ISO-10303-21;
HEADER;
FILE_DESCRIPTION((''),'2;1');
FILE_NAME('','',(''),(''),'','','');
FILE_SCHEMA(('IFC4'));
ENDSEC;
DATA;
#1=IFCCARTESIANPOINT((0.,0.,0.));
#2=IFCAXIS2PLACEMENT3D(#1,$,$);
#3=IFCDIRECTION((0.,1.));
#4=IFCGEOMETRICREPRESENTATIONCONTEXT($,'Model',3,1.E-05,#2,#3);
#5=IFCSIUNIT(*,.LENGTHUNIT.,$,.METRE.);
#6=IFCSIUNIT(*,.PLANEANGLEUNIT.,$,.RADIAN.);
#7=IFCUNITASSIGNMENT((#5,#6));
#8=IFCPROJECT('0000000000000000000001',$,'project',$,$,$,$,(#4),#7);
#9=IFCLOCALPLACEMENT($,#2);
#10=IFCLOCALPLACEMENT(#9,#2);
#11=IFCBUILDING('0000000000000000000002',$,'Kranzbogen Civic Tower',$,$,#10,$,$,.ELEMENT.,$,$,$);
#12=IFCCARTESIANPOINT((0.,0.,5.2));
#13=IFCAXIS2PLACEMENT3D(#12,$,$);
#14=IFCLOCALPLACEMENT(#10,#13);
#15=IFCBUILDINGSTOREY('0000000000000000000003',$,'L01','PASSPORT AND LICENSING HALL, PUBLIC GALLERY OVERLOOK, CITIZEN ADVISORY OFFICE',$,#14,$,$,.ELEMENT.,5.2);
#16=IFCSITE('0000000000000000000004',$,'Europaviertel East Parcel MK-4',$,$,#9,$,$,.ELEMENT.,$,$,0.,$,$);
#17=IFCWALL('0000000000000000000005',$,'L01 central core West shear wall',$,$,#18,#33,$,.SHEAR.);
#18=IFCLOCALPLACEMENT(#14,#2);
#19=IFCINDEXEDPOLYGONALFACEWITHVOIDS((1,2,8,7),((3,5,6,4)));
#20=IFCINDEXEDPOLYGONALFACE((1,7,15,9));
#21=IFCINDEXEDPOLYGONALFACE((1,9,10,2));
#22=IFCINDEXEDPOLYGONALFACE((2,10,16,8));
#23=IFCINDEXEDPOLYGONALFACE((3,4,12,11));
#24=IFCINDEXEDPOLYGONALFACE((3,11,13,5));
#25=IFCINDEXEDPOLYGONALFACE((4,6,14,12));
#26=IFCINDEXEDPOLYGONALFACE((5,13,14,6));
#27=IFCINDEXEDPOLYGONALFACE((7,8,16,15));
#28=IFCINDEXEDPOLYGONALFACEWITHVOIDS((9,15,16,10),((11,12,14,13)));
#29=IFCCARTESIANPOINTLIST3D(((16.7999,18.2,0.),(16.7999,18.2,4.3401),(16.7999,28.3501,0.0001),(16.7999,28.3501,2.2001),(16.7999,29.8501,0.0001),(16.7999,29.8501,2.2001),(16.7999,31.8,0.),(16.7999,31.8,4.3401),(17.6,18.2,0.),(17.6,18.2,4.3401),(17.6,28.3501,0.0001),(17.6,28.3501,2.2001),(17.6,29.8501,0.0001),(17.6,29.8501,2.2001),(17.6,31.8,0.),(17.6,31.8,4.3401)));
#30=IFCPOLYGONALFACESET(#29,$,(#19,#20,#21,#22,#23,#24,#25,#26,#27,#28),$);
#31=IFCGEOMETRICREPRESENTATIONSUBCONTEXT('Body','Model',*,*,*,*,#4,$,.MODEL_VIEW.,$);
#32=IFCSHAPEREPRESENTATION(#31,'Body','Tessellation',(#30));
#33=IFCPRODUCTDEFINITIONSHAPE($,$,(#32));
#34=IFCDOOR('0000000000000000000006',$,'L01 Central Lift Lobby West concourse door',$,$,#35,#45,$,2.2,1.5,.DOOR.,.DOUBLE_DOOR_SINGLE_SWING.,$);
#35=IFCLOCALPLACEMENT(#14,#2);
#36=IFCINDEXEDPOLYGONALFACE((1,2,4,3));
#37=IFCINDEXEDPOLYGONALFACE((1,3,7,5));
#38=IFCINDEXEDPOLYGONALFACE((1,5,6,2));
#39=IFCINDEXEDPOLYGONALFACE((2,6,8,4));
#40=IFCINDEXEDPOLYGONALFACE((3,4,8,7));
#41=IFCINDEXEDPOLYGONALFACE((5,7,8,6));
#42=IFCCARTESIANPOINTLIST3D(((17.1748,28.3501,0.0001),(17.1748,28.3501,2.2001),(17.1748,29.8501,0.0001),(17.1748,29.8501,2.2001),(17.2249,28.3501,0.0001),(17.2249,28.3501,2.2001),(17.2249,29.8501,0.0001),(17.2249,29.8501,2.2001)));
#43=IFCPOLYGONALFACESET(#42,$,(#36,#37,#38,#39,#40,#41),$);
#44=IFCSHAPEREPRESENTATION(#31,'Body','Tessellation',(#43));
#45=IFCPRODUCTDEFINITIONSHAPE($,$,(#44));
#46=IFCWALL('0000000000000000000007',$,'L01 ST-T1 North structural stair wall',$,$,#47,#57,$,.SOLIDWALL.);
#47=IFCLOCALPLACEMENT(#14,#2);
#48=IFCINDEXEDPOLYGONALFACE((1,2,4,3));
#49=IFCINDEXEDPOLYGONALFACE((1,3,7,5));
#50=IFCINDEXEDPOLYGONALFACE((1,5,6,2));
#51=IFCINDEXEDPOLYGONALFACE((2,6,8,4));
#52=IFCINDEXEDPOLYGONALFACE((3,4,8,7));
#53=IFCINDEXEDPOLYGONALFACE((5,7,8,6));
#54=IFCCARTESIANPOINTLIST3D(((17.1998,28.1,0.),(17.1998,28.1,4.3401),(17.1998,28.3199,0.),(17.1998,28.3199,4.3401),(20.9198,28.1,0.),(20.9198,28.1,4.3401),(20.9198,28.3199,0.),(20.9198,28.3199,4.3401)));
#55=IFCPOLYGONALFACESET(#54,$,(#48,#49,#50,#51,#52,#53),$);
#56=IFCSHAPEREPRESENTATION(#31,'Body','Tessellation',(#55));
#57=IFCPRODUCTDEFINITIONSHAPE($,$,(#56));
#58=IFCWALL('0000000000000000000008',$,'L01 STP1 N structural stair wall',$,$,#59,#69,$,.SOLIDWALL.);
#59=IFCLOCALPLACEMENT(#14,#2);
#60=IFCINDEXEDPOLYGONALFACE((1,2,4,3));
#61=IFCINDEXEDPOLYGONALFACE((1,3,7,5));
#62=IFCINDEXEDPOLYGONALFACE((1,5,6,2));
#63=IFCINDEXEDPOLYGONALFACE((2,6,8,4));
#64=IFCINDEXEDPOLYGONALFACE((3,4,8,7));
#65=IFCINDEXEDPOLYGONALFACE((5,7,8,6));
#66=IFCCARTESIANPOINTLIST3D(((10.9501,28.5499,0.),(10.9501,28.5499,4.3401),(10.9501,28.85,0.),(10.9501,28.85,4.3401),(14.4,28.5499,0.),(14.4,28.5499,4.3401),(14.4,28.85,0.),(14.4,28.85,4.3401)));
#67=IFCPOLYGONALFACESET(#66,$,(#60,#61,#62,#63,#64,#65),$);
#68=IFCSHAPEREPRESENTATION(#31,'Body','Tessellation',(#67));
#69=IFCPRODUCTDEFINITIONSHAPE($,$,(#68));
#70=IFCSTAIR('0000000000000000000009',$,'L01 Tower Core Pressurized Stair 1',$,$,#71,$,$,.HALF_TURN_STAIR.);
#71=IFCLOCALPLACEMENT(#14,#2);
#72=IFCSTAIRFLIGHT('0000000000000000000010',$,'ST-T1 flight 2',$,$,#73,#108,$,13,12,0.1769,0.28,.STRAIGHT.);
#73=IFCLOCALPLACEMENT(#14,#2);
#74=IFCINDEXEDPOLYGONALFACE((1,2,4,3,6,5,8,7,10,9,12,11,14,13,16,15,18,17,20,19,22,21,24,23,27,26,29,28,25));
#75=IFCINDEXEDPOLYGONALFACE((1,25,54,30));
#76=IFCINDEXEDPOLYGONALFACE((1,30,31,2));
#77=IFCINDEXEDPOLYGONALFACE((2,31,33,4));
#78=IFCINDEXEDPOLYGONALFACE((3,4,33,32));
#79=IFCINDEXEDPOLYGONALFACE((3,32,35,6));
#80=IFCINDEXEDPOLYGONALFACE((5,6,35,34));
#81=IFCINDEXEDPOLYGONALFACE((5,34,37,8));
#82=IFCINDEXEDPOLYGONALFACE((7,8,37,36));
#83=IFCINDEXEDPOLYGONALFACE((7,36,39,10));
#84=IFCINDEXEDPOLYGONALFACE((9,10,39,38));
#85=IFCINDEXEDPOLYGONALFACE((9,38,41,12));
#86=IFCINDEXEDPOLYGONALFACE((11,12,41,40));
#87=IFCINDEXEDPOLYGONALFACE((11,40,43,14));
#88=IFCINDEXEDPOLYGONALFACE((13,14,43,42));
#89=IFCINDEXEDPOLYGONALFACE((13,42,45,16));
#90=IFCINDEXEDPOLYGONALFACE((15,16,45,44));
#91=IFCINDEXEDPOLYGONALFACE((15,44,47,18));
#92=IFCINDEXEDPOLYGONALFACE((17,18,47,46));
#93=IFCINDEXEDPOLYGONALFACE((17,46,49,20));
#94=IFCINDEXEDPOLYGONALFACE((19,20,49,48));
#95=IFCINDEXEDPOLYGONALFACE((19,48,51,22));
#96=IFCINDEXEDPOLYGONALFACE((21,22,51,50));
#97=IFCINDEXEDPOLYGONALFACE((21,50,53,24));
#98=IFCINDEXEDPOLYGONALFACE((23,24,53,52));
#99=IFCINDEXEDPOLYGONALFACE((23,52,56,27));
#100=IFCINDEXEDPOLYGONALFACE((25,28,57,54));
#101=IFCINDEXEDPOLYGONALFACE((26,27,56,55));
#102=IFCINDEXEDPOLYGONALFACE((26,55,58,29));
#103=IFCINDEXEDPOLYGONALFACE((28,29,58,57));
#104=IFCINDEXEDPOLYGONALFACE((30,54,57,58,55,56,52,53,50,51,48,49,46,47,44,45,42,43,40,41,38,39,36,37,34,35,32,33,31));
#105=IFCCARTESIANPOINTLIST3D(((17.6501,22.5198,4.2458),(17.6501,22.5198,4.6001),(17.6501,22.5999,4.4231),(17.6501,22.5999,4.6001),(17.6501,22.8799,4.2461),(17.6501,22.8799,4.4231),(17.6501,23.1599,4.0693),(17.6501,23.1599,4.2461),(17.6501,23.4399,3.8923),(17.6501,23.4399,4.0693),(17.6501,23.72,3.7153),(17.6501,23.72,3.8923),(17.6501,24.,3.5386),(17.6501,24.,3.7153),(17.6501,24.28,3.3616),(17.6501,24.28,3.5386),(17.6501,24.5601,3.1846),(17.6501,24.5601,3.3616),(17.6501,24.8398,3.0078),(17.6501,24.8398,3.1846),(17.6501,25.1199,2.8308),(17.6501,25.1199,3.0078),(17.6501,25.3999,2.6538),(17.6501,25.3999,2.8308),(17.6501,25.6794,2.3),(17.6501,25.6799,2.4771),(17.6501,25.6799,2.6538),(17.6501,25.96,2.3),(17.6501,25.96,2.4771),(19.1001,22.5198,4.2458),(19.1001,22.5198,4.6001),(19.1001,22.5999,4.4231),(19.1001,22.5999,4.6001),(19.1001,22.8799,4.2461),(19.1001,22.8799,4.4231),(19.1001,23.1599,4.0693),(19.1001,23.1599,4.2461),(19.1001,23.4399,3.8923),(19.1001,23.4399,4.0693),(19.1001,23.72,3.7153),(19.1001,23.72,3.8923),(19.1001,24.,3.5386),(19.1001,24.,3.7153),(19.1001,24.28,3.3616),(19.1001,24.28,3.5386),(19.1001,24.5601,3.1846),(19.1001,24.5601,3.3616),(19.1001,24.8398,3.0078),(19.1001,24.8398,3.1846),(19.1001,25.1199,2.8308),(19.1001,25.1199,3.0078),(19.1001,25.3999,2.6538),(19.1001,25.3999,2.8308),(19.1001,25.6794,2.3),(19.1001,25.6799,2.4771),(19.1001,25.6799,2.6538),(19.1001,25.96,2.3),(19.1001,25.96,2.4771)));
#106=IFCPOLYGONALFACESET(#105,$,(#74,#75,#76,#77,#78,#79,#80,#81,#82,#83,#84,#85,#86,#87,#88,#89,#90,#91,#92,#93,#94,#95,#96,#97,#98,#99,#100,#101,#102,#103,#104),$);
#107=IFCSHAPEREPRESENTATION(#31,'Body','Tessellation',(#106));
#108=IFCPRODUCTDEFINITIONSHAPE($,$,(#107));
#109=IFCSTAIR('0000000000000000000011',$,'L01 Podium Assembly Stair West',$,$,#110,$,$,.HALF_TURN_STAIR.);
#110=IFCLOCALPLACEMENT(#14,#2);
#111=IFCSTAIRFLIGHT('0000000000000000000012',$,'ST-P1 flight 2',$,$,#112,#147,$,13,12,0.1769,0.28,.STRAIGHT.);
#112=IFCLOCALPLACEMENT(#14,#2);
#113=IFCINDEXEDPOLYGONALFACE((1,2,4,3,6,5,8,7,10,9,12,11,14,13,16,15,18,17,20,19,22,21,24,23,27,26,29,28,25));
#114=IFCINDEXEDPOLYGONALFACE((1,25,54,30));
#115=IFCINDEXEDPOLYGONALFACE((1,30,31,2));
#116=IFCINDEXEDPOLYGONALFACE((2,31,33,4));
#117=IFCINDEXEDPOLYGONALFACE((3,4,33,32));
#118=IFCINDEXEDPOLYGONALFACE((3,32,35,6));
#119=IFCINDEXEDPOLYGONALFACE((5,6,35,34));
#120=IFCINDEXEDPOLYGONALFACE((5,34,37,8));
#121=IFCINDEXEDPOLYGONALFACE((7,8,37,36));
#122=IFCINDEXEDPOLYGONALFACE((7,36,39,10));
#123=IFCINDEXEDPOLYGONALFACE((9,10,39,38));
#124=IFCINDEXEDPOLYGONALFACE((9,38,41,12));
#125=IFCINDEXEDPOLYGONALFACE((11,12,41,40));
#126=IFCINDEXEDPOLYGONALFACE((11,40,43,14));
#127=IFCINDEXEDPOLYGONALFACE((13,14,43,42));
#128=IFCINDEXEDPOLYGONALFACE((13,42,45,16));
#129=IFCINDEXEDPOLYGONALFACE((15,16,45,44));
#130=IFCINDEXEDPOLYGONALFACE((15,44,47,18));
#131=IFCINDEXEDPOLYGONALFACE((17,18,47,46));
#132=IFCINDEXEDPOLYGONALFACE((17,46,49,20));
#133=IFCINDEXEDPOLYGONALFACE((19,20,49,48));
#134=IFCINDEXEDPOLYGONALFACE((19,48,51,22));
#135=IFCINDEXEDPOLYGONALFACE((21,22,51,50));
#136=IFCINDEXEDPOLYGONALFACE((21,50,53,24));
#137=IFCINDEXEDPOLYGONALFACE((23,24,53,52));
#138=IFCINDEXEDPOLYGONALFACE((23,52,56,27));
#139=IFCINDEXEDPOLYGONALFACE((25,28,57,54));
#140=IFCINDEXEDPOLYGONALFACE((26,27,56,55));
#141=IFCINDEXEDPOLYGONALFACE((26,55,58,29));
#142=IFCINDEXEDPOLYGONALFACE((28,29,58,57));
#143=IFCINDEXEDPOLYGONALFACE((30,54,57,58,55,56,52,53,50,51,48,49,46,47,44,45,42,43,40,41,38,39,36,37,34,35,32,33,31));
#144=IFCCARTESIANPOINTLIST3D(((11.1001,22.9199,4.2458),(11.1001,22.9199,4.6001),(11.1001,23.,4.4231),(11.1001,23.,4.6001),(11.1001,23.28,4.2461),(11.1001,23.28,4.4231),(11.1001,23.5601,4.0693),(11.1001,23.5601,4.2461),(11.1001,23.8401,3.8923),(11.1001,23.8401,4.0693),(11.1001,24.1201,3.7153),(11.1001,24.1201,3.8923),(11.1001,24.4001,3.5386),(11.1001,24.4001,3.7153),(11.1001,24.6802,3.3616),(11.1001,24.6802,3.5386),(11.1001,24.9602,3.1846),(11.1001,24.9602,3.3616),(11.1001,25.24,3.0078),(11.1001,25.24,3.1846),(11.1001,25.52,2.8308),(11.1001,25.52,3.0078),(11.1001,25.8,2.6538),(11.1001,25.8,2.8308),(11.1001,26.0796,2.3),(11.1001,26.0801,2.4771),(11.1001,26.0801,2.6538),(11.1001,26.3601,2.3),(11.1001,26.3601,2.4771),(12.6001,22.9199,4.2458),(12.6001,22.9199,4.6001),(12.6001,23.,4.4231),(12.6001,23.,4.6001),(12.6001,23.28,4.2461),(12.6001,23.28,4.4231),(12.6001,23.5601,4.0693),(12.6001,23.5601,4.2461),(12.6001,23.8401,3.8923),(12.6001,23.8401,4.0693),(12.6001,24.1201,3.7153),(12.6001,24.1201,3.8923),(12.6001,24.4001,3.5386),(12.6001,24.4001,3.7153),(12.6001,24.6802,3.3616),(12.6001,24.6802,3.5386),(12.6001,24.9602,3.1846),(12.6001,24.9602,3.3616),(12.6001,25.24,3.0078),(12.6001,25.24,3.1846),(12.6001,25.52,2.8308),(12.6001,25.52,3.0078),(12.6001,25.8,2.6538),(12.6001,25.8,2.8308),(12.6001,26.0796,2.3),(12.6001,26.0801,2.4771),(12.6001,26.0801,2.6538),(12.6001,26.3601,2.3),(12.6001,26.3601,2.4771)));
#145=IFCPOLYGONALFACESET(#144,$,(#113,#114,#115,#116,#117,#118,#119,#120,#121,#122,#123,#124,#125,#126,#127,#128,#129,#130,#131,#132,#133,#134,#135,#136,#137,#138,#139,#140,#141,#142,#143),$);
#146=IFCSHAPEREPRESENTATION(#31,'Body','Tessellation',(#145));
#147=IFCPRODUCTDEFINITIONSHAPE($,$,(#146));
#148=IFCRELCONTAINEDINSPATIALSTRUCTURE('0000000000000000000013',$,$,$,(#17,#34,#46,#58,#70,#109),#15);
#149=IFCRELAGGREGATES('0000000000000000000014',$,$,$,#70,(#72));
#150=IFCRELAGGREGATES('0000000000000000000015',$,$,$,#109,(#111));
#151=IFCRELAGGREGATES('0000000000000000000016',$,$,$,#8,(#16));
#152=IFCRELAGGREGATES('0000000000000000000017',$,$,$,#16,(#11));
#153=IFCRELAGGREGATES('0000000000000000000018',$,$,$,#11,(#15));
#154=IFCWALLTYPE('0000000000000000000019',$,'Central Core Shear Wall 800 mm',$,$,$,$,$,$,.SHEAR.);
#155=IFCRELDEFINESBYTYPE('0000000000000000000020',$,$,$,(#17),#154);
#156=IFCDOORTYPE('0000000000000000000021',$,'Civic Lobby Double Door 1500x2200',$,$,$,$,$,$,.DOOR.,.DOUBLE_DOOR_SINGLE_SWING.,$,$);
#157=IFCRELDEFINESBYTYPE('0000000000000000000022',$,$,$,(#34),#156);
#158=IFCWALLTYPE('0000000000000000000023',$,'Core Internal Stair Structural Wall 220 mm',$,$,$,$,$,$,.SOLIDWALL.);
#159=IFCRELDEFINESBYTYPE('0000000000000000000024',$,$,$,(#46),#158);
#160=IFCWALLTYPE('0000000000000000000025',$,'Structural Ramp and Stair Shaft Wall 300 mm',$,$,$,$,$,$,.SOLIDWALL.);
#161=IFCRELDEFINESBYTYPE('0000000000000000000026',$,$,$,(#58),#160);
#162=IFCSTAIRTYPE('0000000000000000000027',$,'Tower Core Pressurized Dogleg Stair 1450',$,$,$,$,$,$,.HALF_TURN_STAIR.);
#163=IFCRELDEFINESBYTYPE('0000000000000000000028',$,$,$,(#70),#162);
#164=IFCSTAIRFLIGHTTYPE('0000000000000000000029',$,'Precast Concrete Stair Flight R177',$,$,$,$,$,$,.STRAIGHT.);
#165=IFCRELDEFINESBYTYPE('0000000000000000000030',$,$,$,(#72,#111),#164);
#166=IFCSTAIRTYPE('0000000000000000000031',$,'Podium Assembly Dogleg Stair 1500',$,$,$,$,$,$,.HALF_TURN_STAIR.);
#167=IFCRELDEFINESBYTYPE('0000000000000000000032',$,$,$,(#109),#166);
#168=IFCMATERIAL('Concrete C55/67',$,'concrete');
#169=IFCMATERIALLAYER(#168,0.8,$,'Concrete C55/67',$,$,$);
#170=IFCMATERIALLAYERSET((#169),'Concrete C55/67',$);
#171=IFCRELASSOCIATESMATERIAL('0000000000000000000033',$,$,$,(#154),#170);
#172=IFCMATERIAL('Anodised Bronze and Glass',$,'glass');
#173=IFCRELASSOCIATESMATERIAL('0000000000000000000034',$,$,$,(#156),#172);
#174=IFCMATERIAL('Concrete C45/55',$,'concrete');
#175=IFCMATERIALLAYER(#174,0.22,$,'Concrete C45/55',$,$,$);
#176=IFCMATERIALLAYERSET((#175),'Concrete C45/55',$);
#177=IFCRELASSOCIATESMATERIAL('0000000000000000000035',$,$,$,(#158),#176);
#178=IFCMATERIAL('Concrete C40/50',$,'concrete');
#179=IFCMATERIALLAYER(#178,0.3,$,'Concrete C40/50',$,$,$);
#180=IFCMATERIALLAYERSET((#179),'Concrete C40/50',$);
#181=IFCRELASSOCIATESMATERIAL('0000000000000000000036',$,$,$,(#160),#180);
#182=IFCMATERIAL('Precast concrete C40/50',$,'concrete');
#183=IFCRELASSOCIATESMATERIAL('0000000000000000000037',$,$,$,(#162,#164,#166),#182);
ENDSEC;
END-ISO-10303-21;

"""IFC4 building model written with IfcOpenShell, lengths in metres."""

from ifc_helpers import new_model, si_unit, direction, frame, frame_2d, origin, place, context, subcontext, project, spatial, polyline, rectangle, outline, extrude, material, layer, layer_set, type_object, element, fill, aggregate, save


model = new_model("IFC4")

# Units and contexts
model_context = context("Model", 3, precision=1e-05, world=origin(), true_north=direction((0.0, 1.0)))
body_context = subcontext(model_context, "Body", "Model", "MODEL_VIEW")
ifc_project = project(units=[si_unit("LENGTHUNIT", "METRE"), si_unit("PLANEANGLEUNIT", "RADIAN")], contexts=[model_context])

# Site, building, storey
site_placement = place(None, origin())
site = spatial("IfcSite", under=ifc_project, at=site_placement, Name="Europaviertel East Parcel MK-4", CompositionType="ELEMENT", RefElevation=0.0)
building_placement = place(site_placement, origin())
building = spatial("IfcBuilding", under=site, at=building_placement, Name="Kranzbogen Civic Tower", CompositionType="ELEMENT")
storey_placement = place(building_placement, frame((0.0, 0.0, 5.2)))
storey = spatial("IfcBuildingStorey", under=building, at=storey_placement, Name="L01", Description="PASSPORT AND LICENSING HALL, PUBLIC GALLERY OVERLOOK, CITIZEN ADVISORY OFFICE", CompositionType="ELEMENT", Elevation=5.2)

# Wall, opening, door
ifc_material_1 = material(Name="Concrete C55/67", Category="concrete")
ifc_layer_1 = layer(ifc_material_1, 0.8, Name="Concrete C55/67")
ifc_layer_set_1 = layer_set([ifc_layer_1], Name="Concrete C55/67")
wall_type_1 = type_object("IfcWallType", Name="Central Core Shear Wall 800 mm", PredefinedType="SHEAR", material=ifc_layer_set_1)
wall_1_placement = place(storey_placement, frame((17.2, 31.8, 0.0), z_axis=(0.0, 0.0, 1.0), x_axis=(0.0, -1.0, 0.0)))
wall_1 = element("IfcWall", 1, at=wall_1_placement, inside=storey, type_object=wall_type_1, Name="L01 central core West shear wall", PredefinedType="SHEAR", context=body_context, shape_type="SweptSolid", body=[
    extrude(rectangle(XDim=13.6001, YDim=0.8, at=frame_2d((6.8, 0.0))), origin(), (0.0, 0.0, 1.0), 4.3401),
])
opening_1_placement = place(wall_1_placement, frame((1.95, 0.0, 0.0)))
opening_1 = element("IfcOpeningElement", 2, at=opening_1_placement, cuts=wall_1, PredefinedType="OPENING", context=body_context, shape_type="SweptSolid", body=[
    extrude(rectangle(XDim=1.5, YDim=2.2, at=frame_2d((0.75, 1.1001))), frame((0.0, 0.4102, 0.0), z_axis=(0.0, -1.0, 0.0), x_axis=(1.0, 0.0, 0.0)), (0.0, 0.0, 1.0), 0.8201),
])
ifc_material_2 = material(Name="Anodised Bronze and Glass", Category="glass")
door_type_1 = type_object("IfcDoorType", Name="Civic Lobby Double Door 1500x2200", OperationType="DOUBLE_DOOR_SINGLE_SWING", PredefinedType="DOOR", material=ifc_material_2)
door_1_placement = place(opening_1_placement, origin())
door_1 = element("IfcDoor", 3, at=door_1_placement, inside=storey, type_object=door_type_1, Name="L01 Central Lift Lobby West concourse door", OperationType="DOUBLE_DOOR_SINGLE_SWING", OverallHeight=2.2, OverallWidth=1.5, PredefinedType="DOOR", context=body_context, shape_type="SweptSolid", body=[
    extrude(rectangle(XDim=1.5, YDim=2.2, at=frame_2d((0.75, 1.1001))), frame((0.0, 0.0249, 0.0), z_axis=(0.0, -1.0, 0.0), x_axis=(1.0, 0.0, 0.0)), (0.0, 0.0, 1.0), 0.05),
])
fill(opening_1, door_1)

# Walls
ifc_material_3 = material(Name="Concrete C45/55", Category="concrete")
ifc_layer_2 = layer(ifc_material_3, 0.22, Name="Concrete C45/55")
ifc_layer_set_2 = layer_set([ifc_layer_2], Name="Concrete C45/55")
wall_type_2 = type_object("IfcWallType", Name="Core Internal Stair Structural Wall 220 mm", PredefinedType="SOLIDWALL", material=ifc_layer_set_2)
wall_2_placement = place(storey_placement, frame((17.2, 28.21, 0.0), z_axis=(0.0, 0.0, 1.0), x_axis=(1.0, 0.0, 0.0)))
element("IfcWall", 4, at=wall_2_placement, inside=storey, type_object=wall_type_2, Name="L01 ST-T1 North structural stair wall", PredefinedType="SOLIDWALL", context=body_context, shape_type="SweptSolid", body=[
    extrude(rectangle(XDim=3.72, YDim=0.22, at=frame_2d((1.8599, 0.0))), origin(), (0.0, 0.0, 1.0), 4.3401),
])
ifc_material_4 = material(Name="Concrete C40/50", Category="concrete")
ifc_layer_3 = layer(ifc_material_4, 0.3, Name="Concrete C40/50")
ifc_layer_set_3 = layer_set([ifc_layer_3], Name="Concrete C40/50")
wall_type_3 = type_object("IfcWallType", Name="Structural Ramp and Stair Shaft Wall 300 mm", PredefinedType="SOLIDWALL", material=ifc_layer_set_3)
wall_3_placement = place(storey_placement, frame((10.95, 28.7, 0.0), z_axis=(0.0, 0.0, 1.0), x_axis=(1.0, 0.0, 0.0)))
element("IfcWall", 5, at=wall_3_placement, inside=storey, type_object=wall_type_3, Name="L01 STP1 N structural stair wall", PredefinedType="SOLIDWALL", context=body_context, shape_type="SweptSolid", body=[
    extrude(rectangle(XDim=3.45, YDim=0.3, at=frame_2d((1.7251, 0.0))), origin(), (0.0, 0.0, 1.0), 4.3401),
])

# Stairs, stair flights
ifc_material_5 = material(Name="Precast concrete C40/50", Category="concrete")
stair_type_1 = type_object("IfcStairType", Name="Tower Core Pressurized Dogleg Stair 1450", PredefinedType="HALF_TURN_STAIR", material=ifc_material_5)
stair_1_placement = place(storey_placement, origin())
stair_1 = element("IfcStair", 6, at=stair_1_placement, inside=storey, type_object=stair_type_1, Name="L01 Tower Core Pressurized Stair 1", PredefinedType="HALF_TURN_STAIR")
stair_flight_type = type_object("IfcStairFlightType", Name="Precast Concrete Stair Flight R177", PredefinedType="STRAIGHT", material=ifc_material_5)
stair_flight_1_placement = place(storey_placement, frame((18.375, 25.96, 2.3), z_axis=(0.0, 0.0, 1.0), x_axis=(0.0, -1.0, 0.0)))
stair_flight_1 = element("IfcStairFlight", 7, at=stair_flight_1_placement, type_object=stair_flight_type, Name="ST-T1 flight 2", NumberOfRisers=13, NumberOfTreads=12, PredefinedType="STRAIGHT", RiserHeight=0.1769, TreadLength=0.28, context=body_context, shape_type="SweptSolid", body=[
    extrude(outline(polyline([(0.0, 0.0), (0.0, 0.177), (0.28, 0.177), (0.28, 0.3538), (0.5601, 0.3538), (0.5601, 0.5308), (0.8401, 0.5308), (0.8401, 0.7078), (1.1201, 0.7078), (1.1201, 0.8845), (1.3999, 0.8845), (1.3999, 1.0615), (1.6799, 1.0615), (1.6799, 1.2385), (1.96, 1.2385), (1.96, 1.4153), (2.24, 1.4153), (2.24, 1.5923), (2.52, 1.5923), (2.52, 1.7693), (2.8, 1.7693), (2.8, 1.946), (3.0801, 1.946), (3.0801, 2.123), (3.3601, 2.123), (3.3601, 2.3), (3.4402, 2.3), (3.4402, 1.9458), (0.2805, 0.0), (0.0, 0.0)])), frame((0.0, 0.7251, 0.0), z_axis=(0.0, -1.0, 0.0), x_axis=(1.0, 0.0, 0.0)), (0.0, 0.0, 1.0), 1.45),
])
aggregate(stair_1, [stair_flight_1])
stair_type_2 = type_object("IfcStairType", Name="Podium Assembly Dogleg Stair 1500", PredefinedType="HALF_TURN_STAIR", material=ifc_material_5)
stair_2_placement = place(storey_placement, origin())
stair_2 = element("IfcStair", 8, at=stair_2_placement, inside=storey, type_object=stair_type_2, Name="L01 Podium Assembly Stair West", PredefinedType="HALF_TURN_STAIR")
stair_flight_2_placement = place(storey_placement, frame((11.8501, 26.3601, 2.3), z_axis=(0.0, 0.0, 1.0), x_axis=(0.0, -1.0, 0.0)))
stair_flight_2 = element("IfcStairFlight", 9, at=stair_flight_2_placement, type_object=stair_flight_type, Name="ST-P1 flight 2", NumberOfRisers=13, NumberOfTreads=12, PredefinedType="STRAIGHT", RiserHeight=0.1769, TreadLength=0.28, context=body_context, shape_type="SweptSolid", body=[
    extrude(outline(polyline([(0.0, 0.0), (0.0, 0.177), (0.28, 0.177), (0.28, 0.3538), (0.5601, 0.3538), (0.5601, 0.5308), (0.8401, 0.5308), (0.8401, 0.7078), (1.1201, 0.7078), (1.1201, 0.8845), (1.3999, 0.8845), (1.3999, 1.0615), (1.6799, 1.0615), (1.6799, 1.2385), (1.96, 1.2385), (1.96, 1.4153), (2.24, 1.4153), (2.24, 1.5923), (2.52, 1.5923), (2.52, 1.7693), (2.8, 1.7693), (2.8, 1.946), (3.0801, 1.946), (3.0801, 2.123), (3.3601, 2.123), (3.3601, 2.3), (3.4402, 2.3), (3.4402, 1.9458), (0.2805, 0.0), (0.0, 0.0)])), frame((0.0, 0.75, 0.0), z_axis=(0.0, -1.0, 0.0), x_axis=(1.0, 0.0, 0.0)), (0.0, 0.0, 1.0), 1.5),
])
aggregate(stair_2, [stair_flight_2])

save(model, "model.ifc")
